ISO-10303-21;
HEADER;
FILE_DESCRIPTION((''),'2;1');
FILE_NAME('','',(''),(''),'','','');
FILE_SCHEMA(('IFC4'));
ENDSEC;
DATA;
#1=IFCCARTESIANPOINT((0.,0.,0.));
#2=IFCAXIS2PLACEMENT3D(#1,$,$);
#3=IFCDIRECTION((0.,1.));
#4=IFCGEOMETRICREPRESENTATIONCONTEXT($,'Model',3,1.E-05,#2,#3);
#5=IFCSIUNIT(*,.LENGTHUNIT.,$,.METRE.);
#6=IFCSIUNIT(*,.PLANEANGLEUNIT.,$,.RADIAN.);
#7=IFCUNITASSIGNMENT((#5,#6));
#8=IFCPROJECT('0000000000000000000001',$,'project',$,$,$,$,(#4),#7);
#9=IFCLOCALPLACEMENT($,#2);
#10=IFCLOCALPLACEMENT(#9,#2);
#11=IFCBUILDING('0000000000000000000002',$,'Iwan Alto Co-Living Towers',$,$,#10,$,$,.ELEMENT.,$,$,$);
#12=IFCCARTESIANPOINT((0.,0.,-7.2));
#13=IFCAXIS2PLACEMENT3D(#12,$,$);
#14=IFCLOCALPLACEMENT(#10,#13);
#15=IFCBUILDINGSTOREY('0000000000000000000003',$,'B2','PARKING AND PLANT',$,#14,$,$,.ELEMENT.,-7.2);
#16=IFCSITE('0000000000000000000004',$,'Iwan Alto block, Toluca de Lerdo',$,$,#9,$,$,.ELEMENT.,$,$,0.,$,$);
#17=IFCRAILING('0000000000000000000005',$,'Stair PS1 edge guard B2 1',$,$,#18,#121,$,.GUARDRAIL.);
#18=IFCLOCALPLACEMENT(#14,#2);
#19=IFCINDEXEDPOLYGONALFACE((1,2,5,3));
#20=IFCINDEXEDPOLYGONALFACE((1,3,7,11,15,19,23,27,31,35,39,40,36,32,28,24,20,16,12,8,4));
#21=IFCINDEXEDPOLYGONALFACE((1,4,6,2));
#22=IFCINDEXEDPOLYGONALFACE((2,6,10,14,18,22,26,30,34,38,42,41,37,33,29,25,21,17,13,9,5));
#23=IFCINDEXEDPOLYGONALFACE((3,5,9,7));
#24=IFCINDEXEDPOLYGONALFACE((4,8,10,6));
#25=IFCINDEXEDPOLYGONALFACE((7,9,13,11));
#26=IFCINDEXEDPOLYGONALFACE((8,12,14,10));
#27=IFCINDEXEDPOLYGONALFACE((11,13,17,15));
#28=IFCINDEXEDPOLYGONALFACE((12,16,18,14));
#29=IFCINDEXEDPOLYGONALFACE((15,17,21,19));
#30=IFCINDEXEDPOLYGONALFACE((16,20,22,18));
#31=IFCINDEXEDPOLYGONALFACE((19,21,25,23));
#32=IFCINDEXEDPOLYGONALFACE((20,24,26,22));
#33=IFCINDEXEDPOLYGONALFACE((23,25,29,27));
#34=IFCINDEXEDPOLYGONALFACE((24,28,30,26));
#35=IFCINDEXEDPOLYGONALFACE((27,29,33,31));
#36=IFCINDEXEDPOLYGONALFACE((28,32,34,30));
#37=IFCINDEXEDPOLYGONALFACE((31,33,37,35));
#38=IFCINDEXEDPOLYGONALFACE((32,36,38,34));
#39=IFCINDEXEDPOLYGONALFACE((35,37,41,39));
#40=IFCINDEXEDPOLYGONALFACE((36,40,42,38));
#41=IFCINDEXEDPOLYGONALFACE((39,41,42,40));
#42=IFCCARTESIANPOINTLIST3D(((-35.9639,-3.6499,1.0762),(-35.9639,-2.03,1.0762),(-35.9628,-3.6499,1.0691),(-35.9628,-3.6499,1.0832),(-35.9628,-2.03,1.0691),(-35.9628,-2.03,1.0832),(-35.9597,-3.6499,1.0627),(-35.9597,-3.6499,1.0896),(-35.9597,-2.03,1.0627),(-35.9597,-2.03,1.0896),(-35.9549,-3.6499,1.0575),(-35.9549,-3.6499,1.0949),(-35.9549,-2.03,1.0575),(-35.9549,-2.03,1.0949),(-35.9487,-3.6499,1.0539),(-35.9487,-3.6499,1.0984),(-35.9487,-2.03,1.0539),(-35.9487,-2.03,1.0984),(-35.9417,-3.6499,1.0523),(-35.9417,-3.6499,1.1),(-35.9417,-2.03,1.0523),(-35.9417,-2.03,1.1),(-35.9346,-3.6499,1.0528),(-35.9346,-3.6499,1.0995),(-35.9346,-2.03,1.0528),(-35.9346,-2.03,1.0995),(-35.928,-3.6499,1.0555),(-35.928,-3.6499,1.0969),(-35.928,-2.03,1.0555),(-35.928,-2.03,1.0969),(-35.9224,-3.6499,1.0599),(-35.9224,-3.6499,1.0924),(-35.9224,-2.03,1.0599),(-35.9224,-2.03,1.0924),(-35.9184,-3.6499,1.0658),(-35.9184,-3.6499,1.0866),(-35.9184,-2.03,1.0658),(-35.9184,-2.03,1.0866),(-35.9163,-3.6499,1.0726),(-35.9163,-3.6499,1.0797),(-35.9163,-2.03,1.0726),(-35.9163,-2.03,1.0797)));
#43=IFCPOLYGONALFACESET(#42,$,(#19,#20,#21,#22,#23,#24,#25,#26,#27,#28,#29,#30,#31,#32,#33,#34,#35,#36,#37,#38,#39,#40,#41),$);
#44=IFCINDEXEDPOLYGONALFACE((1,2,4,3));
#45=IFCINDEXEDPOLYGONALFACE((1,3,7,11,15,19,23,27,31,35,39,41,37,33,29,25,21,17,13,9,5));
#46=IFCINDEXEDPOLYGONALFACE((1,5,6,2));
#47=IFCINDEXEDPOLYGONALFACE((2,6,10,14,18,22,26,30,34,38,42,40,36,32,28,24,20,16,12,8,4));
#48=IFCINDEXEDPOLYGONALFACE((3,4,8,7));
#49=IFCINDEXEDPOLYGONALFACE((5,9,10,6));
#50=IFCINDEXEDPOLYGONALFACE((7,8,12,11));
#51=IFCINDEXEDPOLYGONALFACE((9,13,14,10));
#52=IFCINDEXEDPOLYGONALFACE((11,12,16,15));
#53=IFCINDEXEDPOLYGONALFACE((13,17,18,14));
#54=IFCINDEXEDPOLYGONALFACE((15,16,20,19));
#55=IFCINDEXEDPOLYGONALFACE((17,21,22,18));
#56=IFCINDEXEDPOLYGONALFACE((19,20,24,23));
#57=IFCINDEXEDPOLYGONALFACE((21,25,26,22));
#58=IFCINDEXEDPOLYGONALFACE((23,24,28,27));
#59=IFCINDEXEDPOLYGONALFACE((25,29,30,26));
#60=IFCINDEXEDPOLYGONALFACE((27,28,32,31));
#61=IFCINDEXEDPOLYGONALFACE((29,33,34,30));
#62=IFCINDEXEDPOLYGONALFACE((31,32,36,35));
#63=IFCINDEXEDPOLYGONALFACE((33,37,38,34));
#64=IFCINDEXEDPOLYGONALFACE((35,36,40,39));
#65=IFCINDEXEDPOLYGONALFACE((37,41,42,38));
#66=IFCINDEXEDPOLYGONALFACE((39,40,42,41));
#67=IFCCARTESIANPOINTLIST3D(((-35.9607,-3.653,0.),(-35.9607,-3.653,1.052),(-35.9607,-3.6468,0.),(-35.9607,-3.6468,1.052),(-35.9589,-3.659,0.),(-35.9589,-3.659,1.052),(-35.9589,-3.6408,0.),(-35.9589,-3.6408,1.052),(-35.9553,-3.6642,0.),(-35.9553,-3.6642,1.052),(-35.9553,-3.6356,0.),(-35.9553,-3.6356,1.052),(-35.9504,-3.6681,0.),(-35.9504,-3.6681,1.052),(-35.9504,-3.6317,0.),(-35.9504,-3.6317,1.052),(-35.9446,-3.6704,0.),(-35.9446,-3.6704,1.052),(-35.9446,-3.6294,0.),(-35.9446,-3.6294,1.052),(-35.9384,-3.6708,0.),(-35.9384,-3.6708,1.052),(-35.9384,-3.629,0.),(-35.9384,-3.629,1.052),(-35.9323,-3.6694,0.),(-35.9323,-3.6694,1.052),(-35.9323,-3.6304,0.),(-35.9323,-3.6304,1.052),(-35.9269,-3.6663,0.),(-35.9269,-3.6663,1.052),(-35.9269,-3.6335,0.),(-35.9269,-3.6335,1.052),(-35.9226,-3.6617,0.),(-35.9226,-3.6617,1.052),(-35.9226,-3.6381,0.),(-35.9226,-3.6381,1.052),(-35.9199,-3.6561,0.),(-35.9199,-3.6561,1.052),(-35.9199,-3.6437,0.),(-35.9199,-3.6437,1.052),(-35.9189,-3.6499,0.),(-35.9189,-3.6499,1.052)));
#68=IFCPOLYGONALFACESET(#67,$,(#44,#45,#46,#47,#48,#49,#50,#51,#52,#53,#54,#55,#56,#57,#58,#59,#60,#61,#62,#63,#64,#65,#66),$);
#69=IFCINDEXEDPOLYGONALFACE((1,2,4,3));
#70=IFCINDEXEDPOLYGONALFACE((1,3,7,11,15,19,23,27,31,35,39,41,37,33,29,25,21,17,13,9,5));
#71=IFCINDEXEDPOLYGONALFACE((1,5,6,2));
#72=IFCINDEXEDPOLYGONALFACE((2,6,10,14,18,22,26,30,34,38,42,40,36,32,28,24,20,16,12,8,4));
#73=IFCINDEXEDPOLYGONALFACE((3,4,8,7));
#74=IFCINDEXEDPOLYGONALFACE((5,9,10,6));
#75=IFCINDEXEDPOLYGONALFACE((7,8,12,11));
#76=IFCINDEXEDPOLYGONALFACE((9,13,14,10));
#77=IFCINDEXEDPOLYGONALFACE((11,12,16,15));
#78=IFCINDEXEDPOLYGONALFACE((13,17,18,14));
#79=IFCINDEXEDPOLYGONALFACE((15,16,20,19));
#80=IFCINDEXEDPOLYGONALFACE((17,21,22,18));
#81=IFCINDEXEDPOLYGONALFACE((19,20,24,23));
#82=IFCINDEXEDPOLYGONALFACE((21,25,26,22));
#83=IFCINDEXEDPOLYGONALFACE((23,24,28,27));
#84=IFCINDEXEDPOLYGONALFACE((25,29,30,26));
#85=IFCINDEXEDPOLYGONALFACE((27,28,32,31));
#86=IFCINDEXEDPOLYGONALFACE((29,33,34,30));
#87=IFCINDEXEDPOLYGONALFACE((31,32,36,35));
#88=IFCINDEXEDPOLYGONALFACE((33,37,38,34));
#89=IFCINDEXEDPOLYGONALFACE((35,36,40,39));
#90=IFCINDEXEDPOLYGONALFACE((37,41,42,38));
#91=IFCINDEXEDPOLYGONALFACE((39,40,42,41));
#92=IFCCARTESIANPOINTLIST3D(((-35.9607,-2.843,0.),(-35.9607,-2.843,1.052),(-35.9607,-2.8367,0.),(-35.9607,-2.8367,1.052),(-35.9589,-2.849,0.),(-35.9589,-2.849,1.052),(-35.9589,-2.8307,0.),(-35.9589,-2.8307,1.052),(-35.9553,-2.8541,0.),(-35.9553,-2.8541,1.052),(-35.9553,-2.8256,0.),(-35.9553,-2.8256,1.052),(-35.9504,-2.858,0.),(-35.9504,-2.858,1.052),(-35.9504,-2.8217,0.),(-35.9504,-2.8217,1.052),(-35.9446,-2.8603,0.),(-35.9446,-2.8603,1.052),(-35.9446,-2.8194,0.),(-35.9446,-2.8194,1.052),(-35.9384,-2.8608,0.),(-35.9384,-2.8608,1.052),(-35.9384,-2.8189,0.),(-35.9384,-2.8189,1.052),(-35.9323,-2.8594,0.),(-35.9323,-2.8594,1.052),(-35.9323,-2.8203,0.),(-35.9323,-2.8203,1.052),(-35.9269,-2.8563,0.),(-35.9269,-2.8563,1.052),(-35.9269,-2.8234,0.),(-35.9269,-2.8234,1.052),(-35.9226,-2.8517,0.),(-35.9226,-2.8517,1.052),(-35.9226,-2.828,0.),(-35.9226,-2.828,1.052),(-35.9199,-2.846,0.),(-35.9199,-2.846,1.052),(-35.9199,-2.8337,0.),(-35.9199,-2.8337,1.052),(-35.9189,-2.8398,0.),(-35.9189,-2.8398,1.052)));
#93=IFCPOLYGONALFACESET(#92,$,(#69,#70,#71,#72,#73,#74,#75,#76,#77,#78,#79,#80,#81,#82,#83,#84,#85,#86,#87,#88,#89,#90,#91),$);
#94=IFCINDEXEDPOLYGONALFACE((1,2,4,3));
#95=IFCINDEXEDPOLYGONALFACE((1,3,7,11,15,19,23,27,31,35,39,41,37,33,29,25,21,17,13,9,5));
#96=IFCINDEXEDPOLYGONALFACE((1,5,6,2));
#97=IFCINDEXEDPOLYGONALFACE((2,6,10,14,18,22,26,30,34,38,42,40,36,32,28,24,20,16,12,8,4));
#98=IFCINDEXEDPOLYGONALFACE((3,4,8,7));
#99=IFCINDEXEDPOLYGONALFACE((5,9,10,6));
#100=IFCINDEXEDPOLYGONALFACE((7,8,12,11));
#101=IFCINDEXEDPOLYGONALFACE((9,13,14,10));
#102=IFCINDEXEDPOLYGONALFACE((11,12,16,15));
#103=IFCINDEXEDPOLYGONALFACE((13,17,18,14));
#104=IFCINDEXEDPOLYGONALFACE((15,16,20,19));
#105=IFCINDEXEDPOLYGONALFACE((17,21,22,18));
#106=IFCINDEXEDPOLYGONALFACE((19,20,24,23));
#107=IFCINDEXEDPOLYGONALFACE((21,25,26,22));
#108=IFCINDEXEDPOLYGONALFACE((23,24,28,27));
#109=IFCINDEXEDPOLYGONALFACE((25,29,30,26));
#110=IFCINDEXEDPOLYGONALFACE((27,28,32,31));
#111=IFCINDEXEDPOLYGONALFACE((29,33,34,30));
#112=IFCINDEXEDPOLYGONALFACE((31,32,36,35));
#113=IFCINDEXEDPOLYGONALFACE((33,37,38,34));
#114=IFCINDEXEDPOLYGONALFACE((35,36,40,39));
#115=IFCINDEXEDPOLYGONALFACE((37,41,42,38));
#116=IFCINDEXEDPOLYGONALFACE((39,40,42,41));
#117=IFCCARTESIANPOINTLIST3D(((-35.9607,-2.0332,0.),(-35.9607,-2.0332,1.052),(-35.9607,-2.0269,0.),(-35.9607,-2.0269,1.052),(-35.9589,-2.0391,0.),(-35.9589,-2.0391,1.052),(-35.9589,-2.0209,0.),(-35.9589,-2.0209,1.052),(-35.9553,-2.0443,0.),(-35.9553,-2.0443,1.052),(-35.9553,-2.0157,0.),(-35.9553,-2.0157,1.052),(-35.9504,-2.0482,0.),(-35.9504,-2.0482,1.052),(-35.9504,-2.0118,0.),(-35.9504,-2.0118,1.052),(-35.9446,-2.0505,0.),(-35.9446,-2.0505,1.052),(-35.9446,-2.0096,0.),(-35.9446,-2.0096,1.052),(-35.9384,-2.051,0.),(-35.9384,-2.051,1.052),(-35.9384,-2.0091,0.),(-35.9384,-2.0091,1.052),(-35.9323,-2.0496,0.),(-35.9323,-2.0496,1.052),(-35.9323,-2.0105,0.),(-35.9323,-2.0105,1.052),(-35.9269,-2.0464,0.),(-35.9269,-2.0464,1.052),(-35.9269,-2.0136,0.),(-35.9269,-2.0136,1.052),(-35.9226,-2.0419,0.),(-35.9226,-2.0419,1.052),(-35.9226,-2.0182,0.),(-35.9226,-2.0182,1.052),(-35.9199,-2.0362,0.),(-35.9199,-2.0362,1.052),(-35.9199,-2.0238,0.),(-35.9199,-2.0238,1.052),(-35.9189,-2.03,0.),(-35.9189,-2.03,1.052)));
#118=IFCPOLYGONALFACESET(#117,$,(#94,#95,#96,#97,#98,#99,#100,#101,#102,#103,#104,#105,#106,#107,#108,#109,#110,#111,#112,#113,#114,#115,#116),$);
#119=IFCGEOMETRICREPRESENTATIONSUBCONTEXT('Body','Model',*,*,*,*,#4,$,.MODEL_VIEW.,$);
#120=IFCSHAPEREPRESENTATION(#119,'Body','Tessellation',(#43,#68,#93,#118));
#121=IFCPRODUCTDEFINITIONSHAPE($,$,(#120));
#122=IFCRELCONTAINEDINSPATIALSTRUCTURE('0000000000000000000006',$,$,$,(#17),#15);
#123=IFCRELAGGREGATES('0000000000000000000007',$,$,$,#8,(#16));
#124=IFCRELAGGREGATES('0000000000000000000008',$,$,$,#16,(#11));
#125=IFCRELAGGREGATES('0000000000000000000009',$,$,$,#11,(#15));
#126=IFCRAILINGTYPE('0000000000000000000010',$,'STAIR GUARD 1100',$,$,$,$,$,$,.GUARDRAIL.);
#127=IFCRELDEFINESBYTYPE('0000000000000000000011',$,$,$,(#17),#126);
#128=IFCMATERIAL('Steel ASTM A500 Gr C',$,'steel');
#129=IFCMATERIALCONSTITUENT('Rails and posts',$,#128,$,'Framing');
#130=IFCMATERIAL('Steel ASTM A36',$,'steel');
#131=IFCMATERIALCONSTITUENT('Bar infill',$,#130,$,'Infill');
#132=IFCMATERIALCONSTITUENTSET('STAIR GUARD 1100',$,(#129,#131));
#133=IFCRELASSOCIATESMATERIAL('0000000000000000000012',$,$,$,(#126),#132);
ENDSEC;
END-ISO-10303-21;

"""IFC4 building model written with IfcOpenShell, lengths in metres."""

from ifc_helpers import new_model, si_unit, direction, frame, origin, origin_2d, place, context, subcontext, project, spatial, circle, extrude, material, constituent, constituent_set, type_object, element, save


model = new_model("IFC4")

# Units and contexts
model_context = context("Model", 3, precision=1e-05, world=origin(), true_north=direction((0.0, 1.0)))
body_context = subcontext(model_context, "Body", "Model", "MODEL_VIEW")
ifc_project = project(units=[si_unit("LENGTHUNIT", "METRE"), si_unit("PLANEANGLEUNIT", "RADIAN")], contexts=[model_context])

# Site, building, storey
site_placement = place(None, origin())
site = spatial("IfcSite", under=ifc_project, at=site_placement, Name="Iwan Alto block, Toluca de Lerdo", CompositionType="ELEMENT", RefElevation=0.0)
building_placement = place(site_placement, origin())
building = spatial("IfcBuilding", under=site, at=building_placement, Name="Iwan Alto Co-Living Towers", CompositionType="ELEMENT")
storey_placement = place(building_placement, frame((0.0, 0.0, -7.2)))
storey = spatial("IfcBuildingStorey", under=building, at=storey_placement, Name="B2", Description="PARKING AND PLANT", CompositionType="ELEMENT", Elevation=-7.2)

# Shared definitions
ifc_material_1 = material(Name="Steel ASTM A36", Category="steel")

# Railing
ifc_material_2 = material(Name="Steel ASTM A500 Gr C", Category="steel")
ifc_constituent_1 = constituent(ifc_material_2, Name="Rails and posts", Category="Framing")
ifc_constituent_2 = constituent(ifc_material_1, Name="Bar infill", Category="Infill")
ifc_constituent_set_1 = constituent_set(constituents=[ifc_constituent_1, ifc_constituent_2], Name="STAIR GUARD 1100")
railing_type_1 = type_object("IfcRailingType", Name="STAIR GUARD 1100", PredefinedType="GUARDRAIL", material=ifc_constituent_set_1)
railing_1_placement = place(storey_placement, frame((-35.9399, -3.6499, 0.0)))
element("IfcRailing", 1, at=railing_1_placement, inside=storey, type_object=railing_type_1, Name="Stair PS1 edge guard B2 1", PredefinedType="GUARDRAIL", context=body_context, shape_type="SweptSolid", body=[
    extrude(circle(Radius=0.0239, at=origin_2d()), frame((0.0, 0.0, 1.0762), z_axis=(0.0, 1.0, 0.0), x_axis=(-1.0, 0.0, 0.0)), (0.0, 0.0, 1.0), 1.6199),
    extrude(circle(Radius=0.021, at=origin_2d()), origin(), (0.0, 0.0, 1.0), 1.052),
    extrude(circle(Radius=0.021, at=origin_2d()), frame((0.0, 0.8101, 0.0)), (0.0, 0.0, 1.0), 1.052),
    extrude(circle(Radius=0.021, at=origin_2d()), frame((0.0, 1.6199, 0.0)), (0.0, 0.0, 1.0), 1.052),
])

save(model, "model.ifc")
